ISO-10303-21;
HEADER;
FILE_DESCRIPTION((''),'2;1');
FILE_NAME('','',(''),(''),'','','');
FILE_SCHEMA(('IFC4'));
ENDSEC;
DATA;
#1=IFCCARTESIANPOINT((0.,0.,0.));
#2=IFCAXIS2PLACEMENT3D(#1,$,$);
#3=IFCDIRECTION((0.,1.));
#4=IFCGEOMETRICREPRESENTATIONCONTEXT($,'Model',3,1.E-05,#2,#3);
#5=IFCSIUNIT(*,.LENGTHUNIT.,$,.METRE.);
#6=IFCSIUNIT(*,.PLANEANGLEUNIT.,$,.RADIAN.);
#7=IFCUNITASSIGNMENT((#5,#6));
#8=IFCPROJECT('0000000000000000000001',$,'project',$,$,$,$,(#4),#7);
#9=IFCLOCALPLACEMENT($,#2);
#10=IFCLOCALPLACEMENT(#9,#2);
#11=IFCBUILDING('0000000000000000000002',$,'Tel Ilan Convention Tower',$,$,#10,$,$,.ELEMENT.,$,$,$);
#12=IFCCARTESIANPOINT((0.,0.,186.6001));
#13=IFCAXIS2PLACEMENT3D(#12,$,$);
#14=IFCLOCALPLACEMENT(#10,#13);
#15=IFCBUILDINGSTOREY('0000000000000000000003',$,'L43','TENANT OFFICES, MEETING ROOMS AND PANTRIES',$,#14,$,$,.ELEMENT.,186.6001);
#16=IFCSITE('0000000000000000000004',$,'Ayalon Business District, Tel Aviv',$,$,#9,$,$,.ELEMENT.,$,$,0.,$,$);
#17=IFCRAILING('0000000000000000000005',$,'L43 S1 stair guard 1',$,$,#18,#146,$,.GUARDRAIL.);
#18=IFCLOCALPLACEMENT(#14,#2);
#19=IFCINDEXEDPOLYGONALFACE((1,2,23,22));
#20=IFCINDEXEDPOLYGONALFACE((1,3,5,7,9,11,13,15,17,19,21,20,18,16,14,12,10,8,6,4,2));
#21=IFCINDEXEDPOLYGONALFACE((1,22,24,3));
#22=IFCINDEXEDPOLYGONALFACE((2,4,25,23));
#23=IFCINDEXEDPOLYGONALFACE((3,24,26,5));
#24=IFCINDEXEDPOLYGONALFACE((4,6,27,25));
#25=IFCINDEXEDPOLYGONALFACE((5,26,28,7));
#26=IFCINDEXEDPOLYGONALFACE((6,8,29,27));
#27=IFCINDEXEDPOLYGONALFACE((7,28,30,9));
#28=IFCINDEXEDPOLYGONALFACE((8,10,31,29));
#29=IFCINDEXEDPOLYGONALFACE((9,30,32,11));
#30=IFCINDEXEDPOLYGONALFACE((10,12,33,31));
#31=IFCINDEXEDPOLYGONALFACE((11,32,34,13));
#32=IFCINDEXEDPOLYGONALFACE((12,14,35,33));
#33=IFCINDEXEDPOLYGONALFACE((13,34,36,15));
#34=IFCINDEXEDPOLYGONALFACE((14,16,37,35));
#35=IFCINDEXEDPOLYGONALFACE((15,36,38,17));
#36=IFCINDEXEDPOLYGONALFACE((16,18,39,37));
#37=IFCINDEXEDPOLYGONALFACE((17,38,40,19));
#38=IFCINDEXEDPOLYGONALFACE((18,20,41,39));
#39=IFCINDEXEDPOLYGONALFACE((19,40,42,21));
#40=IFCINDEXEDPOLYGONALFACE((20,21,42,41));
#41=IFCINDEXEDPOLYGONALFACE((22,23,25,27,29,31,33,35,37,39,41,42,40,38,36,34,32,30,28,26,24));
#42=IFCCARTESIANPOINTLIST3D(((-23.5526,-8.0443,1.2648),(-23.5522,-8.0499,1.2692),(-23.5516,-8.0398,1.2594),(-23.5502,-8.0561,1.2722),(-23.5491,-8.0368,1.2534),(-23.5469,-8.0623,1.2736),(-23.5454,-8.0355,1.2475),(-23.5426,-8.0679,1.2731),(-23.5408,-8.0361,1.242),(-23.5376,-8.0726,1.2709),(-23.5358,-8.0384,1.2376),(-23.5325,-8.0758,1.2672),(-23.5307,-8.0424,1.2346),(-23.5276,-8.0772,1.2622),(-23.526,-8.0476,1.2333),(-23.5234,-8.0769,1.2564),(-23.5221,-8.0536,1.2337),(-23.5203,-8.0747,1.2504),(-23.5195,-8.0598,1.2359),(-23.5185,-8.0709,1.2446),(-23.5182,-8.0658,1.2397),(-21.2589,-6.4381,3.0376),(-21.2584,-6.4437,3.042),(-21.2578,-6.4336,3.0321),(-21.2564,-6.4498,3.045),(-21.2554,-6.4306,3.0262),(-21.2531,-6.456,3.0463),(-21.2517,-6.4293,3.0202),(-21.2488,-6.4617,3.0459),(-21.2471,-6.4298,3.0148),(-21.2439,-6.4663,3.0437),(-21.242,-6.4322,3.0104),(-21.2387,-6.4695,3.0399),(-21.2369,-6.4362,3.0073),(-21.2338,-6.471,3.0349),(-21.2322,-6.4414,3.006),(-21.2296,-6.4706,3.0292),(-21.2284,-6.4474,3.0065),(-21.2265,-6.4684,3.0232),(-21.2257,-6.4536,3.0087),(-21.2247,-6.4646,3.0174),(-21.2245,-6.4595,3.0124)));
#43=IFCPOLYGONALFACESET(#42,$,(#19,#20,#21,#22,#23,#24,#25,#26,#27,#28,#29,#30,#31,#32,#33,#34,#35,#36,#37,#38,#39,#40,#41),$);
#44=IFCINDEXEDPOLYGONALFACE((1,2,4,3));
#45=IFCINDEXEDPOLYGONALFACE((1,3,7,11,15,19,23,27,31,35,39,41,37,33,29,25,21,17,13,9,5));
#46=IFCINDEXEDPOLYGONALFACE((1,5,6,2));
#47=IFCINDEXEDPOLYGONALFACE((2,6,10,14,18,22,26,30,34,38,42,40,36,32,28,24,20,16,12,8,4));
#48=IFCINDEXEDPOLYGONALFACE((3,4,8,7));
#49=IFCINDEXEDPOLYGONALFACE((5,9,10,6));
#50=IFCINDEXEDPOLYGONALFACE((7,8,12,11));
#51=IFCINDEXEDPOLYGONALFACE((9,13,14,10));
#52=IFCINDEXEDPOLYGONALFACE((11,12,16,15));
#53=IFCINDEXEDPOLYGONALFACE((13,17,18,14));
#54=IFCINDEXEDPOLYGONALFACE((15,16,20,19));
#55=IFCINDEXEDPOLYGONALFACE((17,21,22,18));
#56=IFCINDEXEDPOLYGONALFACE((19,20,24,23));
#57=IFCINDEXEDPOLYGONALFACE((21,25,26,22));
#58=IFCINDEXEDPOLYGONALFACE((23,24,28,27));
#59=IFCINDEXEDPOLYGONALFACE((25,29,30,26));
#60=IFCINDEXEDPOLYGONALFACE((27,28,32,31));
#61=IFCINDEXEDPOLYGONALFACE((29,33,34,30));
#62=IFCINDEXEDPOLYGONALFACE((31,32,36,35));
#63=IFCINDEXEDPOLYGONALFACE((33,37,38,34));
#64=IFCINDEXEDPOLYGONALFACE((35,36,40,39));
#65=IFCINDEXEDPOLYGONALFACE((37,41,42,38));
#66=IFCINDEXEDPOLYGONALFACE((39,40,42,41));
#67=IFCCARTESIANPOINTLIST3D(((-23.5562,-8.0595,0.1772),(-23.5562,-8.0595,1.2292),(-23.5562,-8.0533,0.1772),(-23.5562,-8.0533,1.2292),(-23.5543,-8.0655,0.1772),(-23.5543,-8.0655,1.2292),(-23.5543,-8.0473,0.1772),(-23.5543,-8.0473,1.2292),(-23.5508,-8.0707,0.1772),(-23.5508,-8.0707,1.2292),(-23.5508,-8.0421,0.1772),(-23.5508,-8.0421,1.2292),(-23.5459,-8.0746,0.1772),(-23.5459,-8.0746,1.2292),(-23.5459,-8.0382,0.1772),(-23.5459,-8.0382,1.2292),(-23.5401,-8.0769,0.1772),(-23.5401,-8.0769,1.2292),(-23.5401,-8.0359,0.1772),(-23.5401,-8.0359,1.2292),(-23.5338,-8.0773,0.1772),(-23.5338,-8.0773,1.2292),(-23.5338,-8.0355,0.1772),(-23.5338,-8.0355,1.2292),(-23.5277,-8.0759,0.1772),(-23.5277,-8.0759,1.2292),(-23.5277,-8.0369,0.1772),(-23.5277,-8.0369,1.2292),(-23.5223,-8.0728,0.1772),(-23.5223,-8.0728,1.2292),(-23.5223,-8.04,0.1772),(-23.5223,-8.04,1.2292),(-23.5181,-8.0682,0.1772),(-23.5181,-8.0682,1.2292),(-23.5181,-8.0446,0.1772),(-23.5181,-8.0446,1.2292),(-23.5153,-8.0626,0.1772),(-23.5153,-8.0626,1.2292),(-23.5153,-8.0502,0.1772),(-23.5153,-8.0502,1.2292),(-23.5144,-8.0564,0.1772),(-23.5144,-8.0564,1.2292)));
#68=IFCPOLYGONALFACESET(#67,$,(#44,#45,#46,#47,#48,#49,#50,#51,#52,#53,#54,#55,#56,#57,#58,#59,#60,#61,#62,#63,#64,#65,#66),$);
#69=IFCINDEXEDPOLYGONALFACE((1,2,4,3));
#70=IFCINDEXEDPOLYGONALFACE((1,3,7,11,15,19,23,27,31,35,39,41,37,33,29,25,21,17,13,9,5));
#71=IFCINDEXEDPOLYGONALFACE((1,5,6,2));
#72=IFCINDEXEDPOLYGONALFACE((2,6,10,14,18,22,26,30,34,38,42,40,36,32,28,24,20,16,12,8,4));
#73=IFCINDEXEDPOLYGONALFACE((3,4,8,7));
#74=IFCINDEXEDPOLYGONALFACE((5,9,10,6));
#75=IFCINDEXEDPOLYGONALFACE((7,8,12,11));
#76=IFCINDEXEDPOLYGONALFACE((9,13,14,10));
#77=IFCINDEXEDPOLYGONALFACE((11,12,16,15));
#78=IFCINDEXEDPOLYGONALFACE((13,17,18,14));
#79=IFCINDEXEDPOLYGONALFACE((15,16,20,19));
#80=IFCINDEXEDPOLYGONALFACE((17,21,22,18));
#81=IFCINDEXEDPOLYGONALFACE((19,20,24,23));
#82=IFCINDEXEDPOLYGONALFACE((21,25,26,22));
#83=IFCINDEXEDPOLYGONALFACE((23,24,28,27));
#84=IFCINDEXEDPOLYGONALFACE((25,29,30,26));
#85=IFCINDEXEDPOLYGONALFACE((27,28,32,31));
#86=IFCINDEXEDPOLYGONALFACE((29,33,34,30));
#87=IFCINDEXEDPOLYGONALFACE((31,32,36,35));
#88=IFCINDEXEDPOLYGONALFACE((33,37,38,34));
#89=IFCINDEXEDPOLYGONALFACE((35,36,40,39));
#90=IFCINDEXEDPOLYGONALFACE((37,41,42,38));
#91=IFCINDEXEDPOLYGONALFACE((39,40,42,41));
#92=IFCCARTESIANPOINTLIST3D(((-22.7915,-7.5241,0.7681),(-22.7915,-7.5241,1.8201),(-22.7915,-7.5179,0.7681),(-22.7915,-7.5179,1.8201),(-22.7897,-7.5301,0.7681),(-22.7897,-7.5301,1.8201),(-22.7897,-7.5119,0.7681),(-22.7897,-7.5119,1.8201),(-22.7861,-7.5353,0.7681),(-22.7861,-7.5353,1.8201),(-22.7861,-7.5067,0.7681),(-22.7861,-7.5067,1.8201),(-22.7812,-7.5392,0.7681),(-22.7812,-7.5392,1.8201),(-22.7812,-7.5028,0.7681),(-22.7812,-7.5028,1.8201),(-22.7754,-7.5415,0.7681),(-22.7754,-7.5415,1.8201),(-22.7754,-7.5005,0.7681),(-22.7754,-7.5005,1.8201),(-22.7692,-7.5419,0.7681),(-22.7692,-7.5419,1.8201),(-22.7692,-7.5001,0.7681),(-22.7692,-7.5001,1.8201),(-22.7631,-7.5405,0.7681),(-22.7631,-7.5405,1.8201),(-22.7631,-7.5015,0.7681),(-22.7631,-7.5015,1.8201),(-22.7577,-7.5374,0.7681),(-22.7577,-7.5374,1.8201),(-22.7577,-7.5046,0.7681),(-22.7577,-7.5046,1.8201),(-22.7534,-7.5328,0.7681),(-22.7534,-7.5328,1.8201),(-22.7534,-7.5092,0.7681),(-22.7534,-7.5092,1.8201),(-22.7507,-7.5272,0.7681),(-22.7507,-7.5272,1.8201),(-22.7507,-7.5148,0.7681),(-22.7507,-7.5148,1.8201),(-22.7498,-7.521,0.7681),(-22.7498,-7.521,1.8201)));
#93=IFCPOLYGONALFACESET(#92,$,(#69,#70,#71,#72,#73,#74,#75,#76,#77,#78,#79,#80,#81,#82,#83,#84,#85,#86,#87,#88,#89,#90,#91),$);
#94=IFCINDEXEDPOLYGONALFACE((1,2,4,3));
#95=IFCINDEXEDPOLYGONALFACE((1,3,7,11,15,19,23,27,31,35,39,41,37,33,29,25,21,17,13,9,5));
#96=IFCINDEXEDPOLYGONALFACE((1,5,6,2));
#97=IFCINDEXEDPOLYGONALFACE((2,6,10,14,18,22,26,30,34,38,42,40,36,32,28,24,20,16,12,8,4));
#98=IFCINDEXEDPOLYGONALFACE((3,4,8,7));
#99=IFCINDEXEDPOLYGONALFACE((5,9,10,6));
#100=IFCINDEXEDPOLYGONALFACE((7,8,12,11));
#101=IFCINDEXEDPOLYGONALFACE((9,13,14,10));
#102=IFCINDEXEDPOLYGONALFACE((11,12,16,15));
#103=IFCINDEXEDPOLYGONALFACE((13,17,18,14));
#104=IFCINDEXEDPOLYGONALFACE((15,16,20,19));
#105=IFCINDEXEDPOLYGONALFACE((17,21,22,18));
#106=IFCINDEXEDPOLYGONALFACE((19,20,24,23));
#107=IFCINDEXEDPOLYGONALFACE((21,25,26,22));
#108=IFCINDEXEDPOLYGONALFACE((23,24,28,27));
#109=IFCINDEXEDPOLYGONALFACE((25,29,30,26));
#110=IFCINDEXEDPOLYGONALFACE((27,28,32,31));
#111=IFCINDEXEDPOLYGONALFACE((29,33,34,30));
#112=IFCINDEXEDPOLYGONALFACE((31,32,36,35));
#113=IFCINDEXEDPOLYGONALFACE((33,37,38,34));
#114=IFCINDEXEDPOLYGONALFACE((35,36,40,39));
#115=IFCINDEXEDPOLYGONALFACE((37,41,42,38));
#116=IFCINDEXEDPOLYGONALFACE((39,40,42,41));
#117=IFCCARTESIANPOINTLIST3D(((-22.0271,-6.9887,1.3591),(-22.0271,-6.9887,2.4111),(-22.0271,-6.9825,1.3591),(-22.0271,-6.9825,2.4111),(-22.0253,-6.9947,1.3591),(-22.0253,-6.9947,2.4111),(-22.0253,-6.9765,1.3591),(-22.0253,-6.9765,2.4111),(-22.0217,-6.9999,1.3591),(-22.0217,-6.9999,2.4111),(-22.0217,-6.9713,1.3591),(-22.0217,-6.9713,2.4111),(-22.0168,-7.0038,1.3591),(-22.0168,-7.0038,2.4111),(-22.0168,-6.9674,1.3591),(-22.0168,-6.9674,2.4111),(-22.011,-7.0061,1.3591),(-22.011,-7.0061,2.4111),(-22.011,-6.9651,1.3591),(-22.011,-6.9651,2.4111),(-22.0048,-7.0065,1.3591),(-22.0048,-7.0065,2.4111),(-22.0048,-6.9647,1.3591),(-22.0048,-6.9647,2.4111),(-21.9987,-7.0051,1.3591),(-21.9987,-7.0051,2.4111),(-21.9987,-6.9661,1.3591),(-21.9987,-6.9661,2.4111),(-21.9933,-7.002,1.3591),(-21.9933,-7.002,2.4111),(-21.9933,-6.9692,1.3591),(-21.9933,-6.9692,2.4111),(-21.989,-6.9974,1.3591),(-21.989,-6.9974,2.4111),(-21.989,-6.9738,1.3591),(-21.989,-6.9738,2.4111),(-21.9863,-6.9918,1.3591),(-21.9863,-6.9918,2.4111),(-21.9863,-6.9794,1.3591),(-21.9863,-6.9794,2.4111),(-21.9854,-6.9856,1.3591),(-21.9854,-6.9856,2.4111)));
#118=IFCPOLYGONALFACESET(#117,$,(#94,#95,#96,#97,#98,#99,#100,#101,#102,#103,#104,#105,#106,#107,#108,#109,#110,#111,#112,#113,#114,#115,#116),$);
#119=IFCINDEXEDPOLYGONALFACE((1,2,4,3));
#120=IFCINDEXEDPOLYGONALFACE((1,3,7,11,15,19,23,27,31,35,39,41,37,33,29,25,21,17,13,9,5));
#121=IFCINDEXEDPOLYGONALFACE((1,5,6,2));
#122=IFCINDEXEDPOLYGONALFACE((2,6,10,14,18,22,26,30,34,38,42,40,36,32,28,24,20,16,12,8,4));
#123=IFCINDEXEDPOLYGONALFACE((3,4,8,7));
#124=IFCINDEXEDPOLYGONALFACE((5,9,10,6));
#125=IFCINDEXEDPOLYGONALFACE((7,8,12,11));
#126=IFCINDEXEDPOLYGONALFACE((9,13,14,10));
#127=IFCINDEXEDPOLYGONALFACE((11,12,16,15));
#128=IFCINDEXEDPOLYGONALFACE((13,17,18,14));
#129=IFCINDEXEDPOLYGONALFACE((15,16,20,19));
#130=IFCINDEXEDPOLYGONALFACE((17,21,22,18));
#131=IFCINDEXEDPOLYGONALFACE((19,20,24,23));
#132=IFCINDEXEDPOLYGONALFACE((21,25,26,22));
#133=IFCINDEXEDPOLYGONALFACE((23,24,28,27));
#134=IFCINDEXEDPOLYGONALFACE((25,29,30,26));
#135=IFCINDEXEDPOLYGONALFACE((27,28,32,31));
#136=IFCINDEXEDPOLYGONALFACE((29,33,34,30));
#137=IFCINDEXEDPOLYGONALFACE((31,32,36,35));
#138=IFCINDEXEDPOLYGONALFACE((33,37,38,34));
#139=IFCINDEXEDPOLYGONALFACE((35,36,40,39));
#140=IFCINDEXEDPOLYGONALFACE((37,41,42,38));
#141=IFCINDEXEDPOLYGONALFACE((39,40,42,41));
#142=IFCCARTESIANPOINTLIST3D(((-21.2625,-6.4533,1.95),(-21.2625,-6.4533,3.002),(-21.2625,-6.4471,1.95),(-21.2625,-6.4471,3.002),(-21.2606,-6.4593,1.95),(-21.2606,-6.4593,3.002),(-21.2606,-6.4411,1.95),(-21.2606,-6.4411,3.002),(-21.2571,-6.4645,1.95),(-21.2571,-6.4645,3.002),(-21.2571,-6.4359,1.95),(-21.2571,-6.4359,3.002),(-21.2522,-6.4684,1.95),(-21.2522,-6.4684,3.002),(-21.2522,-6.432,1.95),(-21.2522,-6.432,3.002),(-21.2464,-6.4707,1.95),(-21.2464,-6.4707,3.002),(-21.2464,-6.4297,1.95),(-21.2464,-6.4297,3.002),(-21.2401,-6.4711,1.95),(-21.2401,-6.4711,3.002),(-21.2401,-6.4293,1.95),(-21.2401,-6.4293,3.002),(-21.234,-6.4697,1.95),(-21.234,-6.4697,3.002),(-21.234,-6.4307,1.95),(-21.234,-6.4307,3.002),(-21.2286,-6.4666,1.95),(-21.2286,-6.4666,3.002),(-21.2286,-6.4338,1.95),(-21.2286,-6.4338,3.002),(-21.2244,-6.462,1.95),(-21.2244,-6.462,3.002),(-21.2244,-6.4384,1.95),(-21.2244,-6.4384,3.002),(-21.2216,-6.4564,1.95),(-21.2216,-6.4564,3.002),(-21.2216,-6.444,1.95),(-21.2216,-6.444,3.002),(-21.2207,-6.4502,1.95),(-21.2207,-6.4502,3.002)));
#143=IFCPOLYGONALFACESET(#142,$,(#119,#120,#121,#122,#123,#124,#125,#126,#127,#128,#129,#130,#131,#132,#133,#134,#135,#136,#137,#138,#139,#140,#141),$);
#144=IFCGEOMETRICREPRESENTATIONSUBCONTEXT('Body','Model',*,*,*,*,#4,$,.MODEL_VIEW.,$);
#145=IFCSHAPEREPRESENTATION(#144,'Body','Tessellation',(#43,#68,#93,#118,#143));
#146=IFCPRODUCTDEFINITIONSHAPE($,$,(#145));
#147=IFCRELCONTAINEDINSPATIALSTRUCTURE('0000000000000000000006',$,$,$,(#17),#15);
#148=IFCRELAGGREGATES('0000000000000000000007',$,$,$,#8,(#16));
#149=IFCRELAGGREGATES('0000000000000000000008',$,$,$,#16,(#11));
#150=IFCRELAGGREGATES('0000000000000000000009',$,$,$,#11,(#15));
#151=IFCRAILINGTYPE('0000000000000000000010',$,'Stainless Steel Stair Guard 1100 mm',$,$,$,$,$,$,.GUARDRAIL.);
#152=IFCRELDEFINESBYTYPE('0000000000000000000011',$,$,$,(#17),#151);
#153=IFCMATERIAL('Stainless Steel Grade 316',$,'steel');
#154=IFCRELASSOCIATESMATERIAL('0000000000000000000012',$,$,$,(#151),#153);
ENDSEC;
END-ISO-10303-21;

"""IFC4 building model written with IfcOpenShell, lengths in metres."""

from ifc_helpers import new_model, si_unit, direction, frame, origin, origin_2d, place, context, subcontext, project, spatial, circle, extrude, material, type_object, element, save


model = new_model("IFC4")

# Units and contexts
model_context = context("Model", 3, precision=1e-05, world=origin(), true_north=direction((0.0, 1.0)))
body_context = subcontext(model_context, "Body", "Model", "MODEL_VIEW")
ifc_project = project(units=[si_unit("LENGTHUNIT", "METRE"), si_unit("PLANEANGLEUNIT", "RADIAN")], contexts=[model_context])

# Site, building, storey
site_placement = place(None, origin())
site = spatial("IfcSite", under=ifc_project, at=site_placement, Name="Ayalon Business District, Tel Aviv", CompositionType="ELEMENT", RefElevation=0.0)
building_placement = place(site_placement, origin())
building = spatial("IfcBuilding", under=site, at=building_placement, Name="Tel Ilan Convention Tower", CompositionType="ELEMENT")
storey_placement = place(building_placement, frame((0.0, 0.0, 186.6001)))
storey = spatial("IfcBuildingStorey", under=building, at=storey_placement, Name="L43", Description="TENANT OFFICES, MEETING ROOMS AND PANTRIES", CompositionType="ELEMENT", Elevation=186.6001)

# Railing
ifc_material_1 = material(Name="Stainless Steel Grade 316", Category="steel")
railing_type_1 = type_object("IfcRailingType", Name="Stainless Steel Stair Guard 1100 mm", PredefinedType="GUARDRAIL", material=ifc_material_1)
railing_1_placement = place(storey_placement, frame((-23.5354, -8.0564, 0.1772)))
element("IfcRailing", 1, at=railing_1_placement, inside=storey, type_object=railing_type_1, Name="L43 S1 stair guard 1", PredefinedType="GUARDRAIL", context=body_context, shape_type="SweptSolid", body=[
    extrude(circle(Radius=0.0239, at=origin_2d()), frame((0.0, 0.0, 1.0762), z_axis=(0.692098, 0.484653, 0.534894), x_axis=(-0.573609, 0.81913, 0.0)), (0.0, 0.0, 1.0), 3.3142),
    extrude(circle(Radius=0.021, at=origin_2d()), origin(), (0.0, 0.0, 1.0), 1.052),
    extrude(circle(Radius=0.021, at=origin_2d()), frame((0.7646, 0.5354, 0.5908)), (0.0, 0.0, 1.0), 1.052),
    extrude(circle(Radius=0.021, at=origin_2d()), frame((1.5291, 1.0708, 1.1819)), (0.0, 0.0, 1.0), 1.052),
    extrude(circle(Radius=0.021, at=origin_2d()), frame((2.2937, 1.6062, 1.7727)), (0.0, 0.0, 1.0), 1.052),
])

save(model, "model.ifc")
